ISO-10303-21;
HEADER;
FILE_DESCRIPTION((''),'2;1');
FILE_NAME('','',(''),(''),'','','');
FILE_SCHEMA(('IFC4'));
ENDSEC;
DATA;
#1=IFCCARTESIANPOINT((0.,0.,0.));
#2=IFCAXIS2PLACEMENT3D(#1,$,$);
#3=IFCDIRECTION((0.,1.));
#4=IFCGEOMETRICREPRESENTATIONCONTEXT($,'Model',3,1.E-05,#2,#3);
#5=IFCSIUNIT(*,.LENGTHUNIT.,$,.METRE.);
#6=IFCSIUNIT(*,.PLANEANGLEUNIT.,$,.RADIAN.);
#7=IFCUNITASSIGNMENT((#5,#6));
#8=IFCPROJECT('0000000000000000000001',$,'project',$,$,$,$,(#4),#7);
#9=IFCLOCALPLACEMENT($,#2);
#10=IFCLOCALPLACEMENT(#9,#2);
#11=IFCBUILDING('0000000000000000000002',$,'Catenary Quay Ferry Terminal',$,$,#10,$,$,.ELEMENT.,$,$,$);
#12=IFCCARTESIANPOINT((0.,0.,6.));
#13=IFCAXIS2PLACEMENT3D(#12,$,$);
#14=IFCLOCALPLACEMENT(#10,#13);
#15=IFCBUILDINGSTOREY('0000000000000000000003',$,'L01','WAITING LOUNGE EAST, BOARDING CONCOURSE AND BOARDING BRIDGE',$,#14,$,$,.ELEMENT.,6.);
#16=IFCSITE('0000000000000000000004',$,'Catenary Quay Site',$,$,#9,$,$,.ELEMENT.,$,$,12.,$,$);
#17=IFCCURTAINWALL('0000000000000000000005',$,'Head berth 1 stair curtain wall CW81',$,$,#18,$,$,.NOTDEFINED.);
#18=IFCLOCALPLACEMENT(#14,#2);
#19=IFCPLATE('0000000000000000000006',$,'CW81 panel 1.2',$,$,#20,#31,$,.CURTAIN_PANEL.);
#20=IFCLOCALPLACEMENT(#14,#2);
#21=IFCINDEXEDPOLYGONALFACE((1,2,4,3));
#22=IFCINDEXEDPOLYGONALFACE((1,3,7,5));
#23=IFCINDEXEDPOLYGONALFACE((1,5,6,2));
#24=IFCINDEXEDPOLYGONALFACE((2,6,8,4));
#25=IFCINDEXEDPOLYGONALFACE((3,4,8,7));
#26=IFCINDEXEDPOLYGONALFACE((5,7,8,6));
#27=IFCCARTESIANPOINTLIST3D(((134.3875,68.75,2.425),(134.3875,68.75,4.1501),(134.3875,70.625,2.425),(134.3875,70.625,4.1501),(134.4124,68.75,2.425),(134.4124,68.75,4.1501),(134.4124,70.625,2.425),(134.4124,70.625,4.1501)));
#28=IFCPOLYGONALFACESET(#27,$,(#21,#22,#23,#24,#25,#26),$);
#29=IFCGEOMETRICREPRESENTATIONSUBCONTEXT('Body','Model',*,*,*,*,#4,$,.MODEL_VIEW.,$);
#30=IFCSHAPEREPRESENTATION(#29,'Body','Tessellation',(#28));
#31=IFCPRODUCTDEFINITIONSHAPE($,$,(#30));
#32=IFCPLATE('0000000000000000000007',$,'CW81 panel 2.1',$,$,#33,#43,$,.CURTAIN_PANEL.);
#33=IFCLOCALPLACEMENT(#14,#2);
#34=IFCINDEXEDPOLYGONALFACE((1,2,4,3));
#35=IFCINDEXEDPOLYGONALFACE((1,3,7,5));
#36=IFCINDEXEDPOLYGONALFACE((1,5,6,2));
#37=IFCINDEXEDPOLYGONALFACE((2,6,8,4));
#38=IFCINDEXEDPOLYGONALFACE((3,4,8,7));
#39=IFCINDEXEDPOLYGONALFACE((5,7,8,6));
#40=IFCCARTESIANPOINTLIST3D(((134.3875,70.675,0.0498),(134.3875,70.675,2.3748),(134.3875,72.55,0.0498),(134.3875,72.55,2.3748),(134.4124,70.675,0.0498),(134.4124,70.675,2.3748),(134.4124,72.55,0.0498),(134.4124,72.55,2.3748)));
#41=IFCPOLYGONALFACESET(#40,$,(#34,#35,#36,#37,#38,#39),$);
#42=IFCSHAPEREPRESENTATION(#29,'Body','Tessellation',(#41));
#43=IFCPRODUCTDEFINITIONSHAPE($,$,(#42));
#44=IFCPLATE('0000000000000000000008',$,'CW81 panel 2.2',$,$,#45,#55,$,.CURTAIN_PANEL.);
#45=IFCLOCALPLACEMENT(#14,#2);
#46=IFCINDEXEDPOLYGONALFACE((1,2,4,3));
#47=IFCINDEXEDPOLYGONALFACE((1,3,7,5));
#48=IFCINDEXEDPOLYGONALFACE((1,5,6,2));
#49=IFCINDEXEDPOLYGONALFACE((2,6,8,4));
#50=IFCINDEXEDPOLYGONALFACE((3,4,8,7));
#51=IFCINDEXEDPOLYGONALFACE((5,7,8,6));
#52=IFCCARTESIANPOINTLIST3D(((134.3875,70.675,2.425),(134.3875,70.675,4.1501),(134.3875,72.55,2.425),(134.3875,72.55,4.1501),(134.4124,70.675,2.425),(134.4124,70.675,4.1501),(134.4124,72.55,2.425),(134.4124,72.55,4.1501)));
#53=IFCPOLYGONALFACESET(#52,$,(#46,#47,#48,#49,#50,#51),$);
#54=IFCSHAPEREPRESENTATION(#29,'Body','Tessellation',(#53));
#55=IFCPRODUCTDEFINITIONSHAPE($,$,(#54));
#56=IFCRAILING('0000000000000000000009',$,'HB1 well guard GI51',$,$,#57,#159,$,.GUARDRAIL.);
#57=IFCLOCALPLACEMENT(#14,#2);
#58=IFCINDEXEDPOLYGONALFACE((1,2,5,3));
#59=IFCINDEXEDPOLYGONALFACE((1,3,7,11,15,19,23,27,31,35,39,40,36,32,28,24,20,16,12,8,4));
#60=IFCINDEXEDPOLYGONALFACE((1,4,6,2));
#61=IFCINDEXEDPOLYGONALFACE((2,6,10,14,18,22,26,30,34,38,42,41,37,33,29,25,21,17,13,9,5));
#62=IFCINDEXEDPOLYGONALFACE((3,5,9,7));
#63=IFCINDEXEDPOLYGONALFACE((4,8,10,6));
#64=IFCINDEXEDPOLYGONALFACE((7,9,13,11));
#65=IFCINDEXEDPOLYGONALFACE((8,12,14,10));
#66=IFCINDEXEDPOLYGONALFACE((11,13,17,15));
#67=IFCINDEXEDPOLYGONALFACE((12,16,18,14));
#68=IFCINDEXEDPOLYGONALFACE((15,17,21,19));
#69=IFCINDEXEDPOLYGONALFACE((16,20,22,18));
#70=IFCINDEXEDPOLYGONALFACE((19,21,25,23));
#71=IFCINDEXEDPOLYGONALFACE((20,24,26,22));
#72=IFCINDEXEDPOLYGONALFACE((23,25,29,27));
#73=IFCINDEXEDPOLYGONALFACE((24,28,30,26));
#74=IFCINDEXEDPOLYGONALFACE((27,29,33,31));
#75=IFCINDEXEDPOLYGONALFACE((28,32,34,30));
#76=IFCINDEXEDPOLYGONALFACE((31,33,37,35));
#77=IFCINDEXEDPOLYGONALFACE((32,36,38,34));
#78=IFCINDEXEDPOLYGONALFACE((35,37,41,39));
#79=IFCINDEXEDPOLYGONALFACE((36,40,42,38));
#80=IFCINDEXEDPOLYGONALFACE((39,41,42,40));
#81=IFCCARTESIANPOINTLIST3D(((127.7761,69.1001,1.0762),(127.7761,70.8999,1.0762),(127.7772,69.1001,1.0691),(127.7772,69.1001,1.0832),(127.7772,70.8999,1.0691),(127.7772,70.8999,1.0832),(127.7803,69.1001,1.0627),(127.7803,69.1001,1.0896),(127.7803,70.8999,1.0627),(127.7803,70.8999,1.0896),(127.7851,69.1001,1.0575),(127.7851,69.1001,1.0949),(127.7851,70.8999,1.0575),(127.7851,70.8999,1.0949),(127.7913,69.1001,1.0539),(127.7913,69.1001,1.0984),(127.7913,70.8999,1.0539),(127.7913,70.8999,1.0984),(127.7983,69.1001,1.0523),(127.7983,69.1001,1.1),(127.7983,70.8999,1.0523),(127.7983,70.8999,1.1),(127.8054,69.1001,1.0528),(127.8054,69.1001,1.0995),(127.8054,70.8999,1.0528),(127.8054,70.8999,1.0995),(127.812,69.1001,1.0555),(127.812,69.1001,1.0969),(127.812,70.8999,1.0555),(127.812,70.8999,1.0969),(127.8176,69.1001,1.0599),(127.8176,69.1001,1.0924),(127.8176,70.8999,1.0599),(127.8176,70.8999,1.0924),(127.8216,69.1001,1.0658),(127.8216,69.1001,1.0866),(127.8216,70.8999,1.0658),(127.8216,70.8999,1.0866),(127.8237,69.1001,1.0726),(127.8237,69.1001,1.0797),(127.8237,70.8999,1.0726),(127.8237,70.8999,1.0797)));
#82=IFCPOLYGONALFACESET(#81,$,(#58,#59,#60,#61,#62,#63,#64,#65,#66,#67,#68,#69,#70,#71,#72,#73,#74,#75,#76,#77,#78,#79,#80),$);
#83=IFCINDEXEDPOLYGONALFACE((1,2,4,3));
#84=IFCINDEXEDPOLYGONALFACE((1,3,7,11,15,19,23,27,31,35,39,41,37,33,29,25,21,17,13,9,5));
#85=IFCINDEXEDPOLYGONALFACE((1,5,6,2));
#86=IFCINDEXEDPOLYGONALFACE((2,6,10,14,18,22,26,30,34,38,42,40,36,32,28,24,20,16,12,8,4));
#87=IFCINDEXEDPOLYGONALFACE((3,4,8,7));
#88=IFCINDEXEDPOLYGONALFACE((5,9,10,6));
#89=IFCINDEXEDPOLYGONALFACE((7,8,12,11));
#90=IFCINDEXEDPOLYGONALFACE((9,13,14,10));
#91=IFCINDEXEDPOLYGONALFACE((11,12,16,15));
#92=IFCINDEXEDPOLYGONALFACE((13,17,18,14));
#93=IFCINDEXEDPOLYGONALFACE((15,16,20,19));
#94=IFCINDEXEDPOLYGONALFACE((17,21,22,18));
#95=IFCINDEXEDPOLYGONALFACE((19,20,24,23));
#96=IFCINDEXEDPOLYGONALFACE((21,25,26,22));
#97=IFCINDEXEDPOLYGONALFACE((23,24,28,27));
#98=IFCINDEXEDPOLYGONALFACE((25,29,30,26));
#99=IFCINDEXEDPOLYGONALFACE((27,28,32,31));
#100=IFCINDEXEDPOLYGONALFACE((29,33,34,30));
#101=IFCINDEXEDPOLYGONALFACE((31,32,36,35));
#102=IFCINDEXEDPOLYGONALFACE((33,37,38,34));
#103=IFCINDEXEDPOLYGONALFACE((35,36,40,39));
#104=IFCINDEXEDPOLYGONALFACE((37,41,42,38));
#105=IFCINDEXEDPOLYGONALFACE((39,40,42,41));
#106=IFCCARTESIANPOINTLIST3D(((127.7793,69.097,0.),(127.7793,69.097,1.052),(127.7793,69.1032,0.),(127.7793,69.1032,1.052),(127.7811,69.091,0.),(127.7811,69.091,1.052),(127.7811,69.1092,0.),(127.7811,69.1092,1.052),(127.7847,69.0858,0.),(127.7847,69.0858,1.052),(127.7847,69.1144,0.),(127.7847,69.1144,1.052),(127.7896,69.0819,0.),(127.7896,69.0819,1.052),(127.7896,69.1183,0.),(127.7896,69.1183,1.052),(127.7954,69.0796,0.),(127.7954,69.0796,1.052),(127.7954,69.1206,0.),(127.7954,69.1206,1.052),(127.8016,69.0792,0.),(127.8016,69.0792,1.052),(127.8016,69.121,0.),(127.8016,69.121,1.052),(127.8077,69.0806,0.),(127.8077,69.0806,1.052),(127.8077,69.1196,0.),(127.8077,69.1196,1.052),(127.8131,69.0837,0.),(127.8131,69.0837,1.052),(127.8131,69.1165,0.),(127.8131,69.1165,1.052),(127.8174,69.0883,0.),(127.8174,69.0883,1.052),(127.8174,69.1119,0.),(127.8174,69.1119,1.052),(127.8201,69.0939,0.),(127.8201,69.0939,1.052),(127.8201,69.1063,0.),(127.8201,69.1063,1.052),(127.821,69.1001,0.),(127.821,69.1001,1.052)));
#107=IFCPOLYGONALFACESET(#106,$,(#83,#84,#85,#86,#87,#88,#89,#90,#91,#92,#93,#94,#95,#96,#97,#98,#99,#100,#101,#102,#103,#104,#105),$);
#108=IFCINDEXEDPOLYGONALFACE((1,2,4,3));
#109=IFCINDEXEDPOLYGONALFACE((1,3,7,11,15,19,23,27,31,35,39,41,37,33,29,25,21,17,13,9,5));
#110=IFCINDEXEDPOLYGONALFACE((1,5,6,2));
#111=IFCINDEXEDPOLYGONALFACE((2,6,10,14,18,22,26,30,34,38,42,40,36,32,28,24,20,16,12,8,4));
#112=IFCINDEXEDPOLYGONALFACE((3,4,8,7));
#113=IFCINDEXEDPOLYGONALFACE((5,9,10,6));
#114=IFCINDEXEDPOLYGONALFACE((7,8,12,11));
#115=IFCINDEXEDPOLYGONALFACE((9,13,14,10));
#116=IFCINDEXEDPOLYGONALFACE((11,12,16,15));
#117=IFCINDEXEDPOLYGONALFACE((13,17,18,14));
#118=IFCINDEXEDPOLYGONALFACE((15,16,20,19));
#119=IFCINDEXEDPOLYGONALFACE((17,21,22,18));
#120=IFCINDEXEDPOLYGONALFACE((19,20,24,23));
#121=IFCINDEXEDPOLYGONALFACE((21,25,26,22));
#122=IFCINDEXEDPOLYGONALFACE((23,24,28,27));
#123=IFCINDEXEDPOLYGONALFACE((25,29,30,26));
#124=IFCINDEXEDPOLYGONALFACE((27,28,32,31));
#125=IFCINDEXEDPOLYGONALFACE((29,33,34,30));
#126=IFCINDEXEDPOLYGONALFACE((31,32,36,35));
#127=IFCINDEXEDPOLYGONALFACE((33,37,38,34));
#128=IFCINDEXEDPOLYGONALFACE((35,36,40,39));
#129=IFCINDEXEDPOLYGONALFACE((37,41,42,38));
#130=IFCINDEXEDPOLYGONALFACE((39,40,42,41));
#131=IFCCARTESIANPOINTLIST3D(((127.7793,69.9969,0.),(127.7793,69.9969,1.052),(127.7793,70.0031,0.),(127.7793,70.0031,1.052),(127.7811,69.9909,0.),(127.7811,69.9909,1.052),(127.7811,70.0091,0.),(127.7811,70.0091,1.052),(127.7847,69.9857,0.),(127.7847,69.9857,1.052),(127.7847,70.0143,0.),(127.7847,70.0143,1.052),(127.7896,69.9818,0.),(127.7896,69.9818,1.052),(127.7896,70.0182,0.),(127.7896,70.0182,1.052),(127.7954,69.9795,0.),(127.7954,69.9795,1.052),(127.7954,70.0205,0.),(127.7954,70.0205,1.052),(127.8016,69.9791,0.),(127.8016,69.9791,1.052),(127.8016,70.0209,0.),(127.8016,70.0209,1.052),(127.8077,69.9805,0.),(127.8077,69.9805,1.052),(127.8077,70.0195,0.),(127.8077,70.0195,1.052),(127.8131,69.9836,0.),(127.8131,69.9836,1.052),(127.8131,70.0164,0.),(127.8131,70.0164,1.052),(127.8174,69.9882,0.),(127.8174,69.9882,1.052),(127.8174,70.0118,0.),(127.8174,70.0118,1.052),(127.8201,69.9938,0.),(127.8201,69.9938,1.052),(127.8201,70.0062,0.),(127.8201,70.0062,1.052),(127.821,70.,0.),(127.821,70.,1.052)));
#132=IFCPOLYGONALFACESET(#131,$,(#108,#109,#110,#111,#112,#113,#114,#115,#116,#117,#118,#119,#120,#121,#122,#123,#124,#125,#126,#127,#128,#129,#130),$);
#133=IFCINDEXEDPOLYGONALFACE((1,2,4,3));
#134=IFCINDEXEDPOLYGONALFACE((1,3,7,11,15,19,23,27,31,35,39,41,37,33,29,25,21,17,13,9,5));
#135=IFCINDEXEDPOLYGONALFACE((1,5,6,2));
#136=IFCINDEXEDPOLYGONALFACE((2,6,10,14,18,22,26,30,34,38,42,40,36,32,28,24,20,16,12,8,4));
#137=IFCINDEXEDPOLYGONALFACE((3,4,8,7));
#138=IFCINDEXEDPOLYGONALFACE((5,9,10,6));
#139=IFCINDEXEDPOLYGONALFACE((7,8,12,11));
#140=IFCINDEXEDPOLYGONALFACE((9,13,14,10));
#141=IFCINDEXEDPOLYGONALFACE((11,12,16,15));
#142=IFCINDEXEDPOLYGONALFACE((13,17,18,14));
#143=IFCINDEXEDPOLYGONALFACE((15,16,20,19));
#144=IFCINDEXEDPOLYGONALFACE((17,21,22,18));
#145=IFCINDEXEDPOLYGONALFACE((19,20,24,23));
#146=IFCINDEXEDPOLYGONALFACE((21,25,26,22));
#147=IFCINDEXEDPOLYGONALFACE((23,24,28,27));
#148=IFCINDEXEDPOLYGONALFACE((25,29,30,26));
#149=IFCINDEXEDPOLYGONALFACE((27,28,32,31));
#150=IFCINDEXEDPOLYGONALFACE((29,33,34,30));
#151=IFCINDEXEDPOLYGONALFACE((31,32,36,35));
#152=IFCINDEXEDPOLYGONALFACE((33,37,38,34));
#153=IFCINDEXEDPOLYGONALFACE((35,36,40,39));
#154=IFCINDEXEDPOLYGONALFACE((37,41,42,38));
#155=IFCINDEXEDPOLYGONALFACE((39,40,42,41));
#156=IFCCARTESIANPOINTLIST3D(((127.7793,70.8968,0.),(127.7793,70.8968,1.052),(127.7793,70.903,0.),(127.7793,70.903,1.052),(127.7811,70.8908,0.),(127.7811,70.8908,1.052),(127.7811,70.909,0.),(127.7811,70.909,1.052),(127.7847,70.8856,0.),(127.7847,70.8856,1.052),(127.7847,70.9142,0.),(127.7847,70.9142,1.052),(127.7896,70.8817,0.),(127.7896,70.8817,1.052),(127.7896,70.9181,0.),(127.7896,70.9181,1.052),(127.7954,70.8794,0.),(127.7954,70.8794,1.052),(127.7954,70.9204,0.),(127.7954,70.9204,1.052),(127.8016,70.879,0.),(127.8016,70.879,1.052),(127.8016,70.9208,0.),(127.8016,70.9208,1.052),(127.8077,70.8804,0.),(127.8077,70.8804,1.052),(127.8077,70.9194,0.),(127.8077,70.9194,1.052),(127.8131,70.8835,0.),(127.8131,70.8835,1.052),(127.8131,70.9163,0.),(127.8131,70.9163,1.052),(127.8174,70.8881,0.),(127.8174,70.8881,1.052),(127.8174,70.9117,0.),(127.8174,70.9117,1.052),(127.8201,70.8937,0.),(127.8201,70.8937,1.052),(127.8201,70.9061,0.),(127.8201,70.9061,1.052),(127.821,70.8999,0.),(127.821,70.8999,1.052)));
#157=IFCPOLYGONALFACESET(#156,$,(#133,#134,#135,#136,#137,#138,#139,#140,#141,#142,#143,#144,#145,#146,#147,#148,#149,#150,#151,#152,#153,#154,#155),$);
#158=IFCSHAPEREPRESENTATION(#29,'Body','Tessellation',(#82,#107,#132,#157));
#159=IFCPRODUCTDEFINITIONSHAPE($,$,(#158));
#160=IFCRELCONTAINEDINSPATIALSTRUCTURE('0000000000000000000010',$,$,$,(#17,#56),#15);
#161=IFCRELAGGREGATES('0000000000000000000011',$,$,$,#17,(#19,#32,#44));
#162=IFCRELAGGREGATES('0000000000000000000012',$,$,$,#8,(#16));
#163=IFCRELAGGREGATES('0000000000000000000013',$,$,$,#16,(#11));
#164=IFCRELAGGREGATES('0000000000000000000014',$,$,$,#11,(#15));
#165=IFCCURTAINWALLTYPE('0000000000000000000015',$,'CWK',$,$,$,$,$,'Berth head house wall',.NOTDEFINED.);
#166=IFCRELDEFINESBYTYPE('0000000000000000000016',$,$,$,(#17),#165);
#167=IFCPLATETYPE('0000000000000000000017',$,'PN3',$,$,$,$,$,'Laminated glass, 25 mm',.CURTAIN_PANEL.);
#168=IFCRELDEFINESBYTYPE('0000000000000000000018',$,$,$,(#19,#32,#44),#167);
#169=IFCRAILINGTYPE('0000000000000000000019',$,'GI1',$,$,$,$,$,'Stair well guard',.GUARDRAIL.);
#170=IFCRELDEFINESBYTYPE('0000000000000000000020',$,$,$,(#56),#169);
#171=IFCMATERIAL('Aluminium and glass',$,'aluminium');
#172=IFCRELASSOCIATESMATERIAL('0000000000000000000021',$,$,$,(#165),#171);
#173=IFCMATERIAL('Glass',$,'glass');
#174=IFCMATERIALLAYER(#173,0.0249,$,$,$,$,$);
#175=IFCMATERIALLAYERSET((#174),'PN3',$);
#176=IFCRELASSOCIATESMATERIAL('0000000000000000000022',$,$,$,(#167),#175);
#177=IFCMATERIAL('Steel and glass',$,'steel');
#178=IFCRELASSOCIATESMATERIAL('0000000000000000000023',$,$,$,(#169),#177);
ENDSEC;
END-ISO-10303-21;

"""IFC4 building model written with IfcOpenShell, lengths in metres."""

from ifc_helpers import new_model, si_unit, direction, frame, origin, origin_2d, place, context, subcontext, project, spatial, rectangle, circle, extrude, material, layer, layer_set, type_object, element, aggregate, save


model = new_model("IFC4")

# Units and contexts
model_context = context("Model", 3, precision=1e-05, world=origin(), true_north=direction((0.0, 1.0)))
body_context = subcontext(model_context, "Body", "Model", "MODEL_VIEW")
ifc_project = project(units=[si_unit("LENGTHUNIT", "METRE"), si_unit("PLANEANGLEUNIT", "RADIAN")], contexts=[model_context])

# Site, building, storey
site_placement = place(None, origin())
site = spatial("IfcSite", under=ifc_project, at=site_placement, Name="Catenary Quay Site", CompositionType="ELEMENT", RefElevation=12.0)
building_placement = place(site_placement, origin())
building = spatial("IfcBuilding", under=site, at=building_placement, Name="Catenary Quay Ferry Terminal", CompositionType="ELEMENT")
storey_placement = place(building_placement, frame((0.0, 0.0, 6.0)))
storey = spatial("IfcBuildingStorey", under=building, at=storey_placement, Name="L01", Description="WAITING LOUNGE EAST, BOARDING CONCOURSE AND BOARDING BRIDGE", CompositionType="ELEMENT", Elevation=6.0)

# Shared definitions
ifc_material_1 = material(Name="Aluminium and glass", Category="aluminium")
curtain_wall_type = type_object("IfcCurtainWallType", Name="CWK", ElementType="Berth head house wall", PredefinedType="NOTDEFINED", material=ifc_material_1)

# Curtain wall
curtain_wall_1_placement = place(storey_placement, origin())
curtain_wall_1 = element("IfcCurtainWall", 1, at=curtain_wall_1_placement, inside=storey, type_object=curtain_wall_type, Name="Head berth 1 stair curtain wall CW81", PredefinedType="NOTDEFINED")

# Plates
ifc_material_2 = material(Name="Glass", Category="glass")
ifc_layer = layer(ifc_material_2, 0.0249)
ifc_layer_set = layer_set([ifc_layer], Name="PN3")
plate_type = type_object("IfcPlateType", Name="PN3", ElementType="Laminated glass, 25 mm", PredefinedType="CURTAIN_PANEL", material=ifc_layer_set)
plate_1_placement = place(storey_placement, frame((134.3999, 69.6875, 2.425), z_axis=(0.0, 0.0, 1.0), x_axis=(0.0, 1.0, 0.0)))
plate_1 = element("IfcPlate", 2, at=plate_1_placement, type_object=plate_type, Name="CW81 panel 1.2", PredefinedType="CURTAIN_PANEL", context=body_context, shape_type="SweptSolid", body=[
    extrude(rectangle(XDim=1.875, YDim=0.0249, at=origin_2d()), origin(), (0.0, 0.0, 1.0), 1.7251),
])
plate_2_placement = place(storey_placement, frame((134.3999, 71.6125, 0.0498), z_axis=(0.0, 0.0, 1.0), x_axis=(0.0, 1.0, 0.0)))
plate_2 = element("IfcPlate", 3, at=plate_2_placement, type_object=plate_type, Name="CW81 panel 2.1", PredefinedType="CURTAIN_PANEL", context=body_context, shape_type="SweptSolid", body=[
    extrude(rectangle(XDim=1.875, YDim=0.0249, at=origin_2d()), origin(), (0.0, 0.0, 1.0), 2.325),
])
plate_3_placement = place(storey_placement, frame((134.3999, 71.6125, 2.425), z_axis=(0.0, 0.0, 1.0), x_axis=(0.0, 1.0, 0.0)))
plate_3 = element("IfcPlate", 4, at=plate_3_placement, type_object=plate_type, Name="CW81 panel 2.2", PredefinedType="CURTAIN_PANEL", context=body_context, shape_type="SweptSolid", body=[
    extrude(rectangle(XDim=1.875, YDim=0.0249, at=origin_2d()), origin(), (0.0, 0.0, 1.0), 1.7251),
])
aggregate(curtain_wall_1, [plate_1, plate_2, plate_3])

# Railing
ifc_material_3 = material(Name="Steel and glass", Category="steel")
railing_type = type_object("IfcRailingType", Name="GI1", ElementType="Stair well guard", PredefinedType="GUARDRAIL", material=ifc_material_3)
railing_placement = place(storey_placement, frame((127.8, 69.1001, 0.0)))
element("IfcRailing", 5, at=railing_placement, inside=storey, type_object=railing_type, Name="HB1 well guard GI51", PredefinedType="GUARDRAIL", context=body_context, shape_type="SweptSolid", body=[
    extrude(circle(Radius=0.0239, at=origin_2d()), frame((0.0, 0.0, 1.0762), z_axis=(0.0, 1.0, 0.0), x_axis=(-1.0, 0.0, 0.0)), (0.0, 0.0, 1.0), 1.7998),
    extrude(circle(Radius=0.021, at=origin_2d()), origin(), (0.0, 0.0, 1.0), 1.052),
    extrude(circle(Radius=0.021, at=origin_2d()), frame((0.0, 0.8999, 0.0)), (0.0, 0.0, 1.0), 1.052),
    extrude(circle(Radius=0.021, at=origin_2d()), frame((0.0, 1.7998, 0.0)), (0.0, 0.0, 1.0), 1.052),
])

save(model, "model.ifc")
